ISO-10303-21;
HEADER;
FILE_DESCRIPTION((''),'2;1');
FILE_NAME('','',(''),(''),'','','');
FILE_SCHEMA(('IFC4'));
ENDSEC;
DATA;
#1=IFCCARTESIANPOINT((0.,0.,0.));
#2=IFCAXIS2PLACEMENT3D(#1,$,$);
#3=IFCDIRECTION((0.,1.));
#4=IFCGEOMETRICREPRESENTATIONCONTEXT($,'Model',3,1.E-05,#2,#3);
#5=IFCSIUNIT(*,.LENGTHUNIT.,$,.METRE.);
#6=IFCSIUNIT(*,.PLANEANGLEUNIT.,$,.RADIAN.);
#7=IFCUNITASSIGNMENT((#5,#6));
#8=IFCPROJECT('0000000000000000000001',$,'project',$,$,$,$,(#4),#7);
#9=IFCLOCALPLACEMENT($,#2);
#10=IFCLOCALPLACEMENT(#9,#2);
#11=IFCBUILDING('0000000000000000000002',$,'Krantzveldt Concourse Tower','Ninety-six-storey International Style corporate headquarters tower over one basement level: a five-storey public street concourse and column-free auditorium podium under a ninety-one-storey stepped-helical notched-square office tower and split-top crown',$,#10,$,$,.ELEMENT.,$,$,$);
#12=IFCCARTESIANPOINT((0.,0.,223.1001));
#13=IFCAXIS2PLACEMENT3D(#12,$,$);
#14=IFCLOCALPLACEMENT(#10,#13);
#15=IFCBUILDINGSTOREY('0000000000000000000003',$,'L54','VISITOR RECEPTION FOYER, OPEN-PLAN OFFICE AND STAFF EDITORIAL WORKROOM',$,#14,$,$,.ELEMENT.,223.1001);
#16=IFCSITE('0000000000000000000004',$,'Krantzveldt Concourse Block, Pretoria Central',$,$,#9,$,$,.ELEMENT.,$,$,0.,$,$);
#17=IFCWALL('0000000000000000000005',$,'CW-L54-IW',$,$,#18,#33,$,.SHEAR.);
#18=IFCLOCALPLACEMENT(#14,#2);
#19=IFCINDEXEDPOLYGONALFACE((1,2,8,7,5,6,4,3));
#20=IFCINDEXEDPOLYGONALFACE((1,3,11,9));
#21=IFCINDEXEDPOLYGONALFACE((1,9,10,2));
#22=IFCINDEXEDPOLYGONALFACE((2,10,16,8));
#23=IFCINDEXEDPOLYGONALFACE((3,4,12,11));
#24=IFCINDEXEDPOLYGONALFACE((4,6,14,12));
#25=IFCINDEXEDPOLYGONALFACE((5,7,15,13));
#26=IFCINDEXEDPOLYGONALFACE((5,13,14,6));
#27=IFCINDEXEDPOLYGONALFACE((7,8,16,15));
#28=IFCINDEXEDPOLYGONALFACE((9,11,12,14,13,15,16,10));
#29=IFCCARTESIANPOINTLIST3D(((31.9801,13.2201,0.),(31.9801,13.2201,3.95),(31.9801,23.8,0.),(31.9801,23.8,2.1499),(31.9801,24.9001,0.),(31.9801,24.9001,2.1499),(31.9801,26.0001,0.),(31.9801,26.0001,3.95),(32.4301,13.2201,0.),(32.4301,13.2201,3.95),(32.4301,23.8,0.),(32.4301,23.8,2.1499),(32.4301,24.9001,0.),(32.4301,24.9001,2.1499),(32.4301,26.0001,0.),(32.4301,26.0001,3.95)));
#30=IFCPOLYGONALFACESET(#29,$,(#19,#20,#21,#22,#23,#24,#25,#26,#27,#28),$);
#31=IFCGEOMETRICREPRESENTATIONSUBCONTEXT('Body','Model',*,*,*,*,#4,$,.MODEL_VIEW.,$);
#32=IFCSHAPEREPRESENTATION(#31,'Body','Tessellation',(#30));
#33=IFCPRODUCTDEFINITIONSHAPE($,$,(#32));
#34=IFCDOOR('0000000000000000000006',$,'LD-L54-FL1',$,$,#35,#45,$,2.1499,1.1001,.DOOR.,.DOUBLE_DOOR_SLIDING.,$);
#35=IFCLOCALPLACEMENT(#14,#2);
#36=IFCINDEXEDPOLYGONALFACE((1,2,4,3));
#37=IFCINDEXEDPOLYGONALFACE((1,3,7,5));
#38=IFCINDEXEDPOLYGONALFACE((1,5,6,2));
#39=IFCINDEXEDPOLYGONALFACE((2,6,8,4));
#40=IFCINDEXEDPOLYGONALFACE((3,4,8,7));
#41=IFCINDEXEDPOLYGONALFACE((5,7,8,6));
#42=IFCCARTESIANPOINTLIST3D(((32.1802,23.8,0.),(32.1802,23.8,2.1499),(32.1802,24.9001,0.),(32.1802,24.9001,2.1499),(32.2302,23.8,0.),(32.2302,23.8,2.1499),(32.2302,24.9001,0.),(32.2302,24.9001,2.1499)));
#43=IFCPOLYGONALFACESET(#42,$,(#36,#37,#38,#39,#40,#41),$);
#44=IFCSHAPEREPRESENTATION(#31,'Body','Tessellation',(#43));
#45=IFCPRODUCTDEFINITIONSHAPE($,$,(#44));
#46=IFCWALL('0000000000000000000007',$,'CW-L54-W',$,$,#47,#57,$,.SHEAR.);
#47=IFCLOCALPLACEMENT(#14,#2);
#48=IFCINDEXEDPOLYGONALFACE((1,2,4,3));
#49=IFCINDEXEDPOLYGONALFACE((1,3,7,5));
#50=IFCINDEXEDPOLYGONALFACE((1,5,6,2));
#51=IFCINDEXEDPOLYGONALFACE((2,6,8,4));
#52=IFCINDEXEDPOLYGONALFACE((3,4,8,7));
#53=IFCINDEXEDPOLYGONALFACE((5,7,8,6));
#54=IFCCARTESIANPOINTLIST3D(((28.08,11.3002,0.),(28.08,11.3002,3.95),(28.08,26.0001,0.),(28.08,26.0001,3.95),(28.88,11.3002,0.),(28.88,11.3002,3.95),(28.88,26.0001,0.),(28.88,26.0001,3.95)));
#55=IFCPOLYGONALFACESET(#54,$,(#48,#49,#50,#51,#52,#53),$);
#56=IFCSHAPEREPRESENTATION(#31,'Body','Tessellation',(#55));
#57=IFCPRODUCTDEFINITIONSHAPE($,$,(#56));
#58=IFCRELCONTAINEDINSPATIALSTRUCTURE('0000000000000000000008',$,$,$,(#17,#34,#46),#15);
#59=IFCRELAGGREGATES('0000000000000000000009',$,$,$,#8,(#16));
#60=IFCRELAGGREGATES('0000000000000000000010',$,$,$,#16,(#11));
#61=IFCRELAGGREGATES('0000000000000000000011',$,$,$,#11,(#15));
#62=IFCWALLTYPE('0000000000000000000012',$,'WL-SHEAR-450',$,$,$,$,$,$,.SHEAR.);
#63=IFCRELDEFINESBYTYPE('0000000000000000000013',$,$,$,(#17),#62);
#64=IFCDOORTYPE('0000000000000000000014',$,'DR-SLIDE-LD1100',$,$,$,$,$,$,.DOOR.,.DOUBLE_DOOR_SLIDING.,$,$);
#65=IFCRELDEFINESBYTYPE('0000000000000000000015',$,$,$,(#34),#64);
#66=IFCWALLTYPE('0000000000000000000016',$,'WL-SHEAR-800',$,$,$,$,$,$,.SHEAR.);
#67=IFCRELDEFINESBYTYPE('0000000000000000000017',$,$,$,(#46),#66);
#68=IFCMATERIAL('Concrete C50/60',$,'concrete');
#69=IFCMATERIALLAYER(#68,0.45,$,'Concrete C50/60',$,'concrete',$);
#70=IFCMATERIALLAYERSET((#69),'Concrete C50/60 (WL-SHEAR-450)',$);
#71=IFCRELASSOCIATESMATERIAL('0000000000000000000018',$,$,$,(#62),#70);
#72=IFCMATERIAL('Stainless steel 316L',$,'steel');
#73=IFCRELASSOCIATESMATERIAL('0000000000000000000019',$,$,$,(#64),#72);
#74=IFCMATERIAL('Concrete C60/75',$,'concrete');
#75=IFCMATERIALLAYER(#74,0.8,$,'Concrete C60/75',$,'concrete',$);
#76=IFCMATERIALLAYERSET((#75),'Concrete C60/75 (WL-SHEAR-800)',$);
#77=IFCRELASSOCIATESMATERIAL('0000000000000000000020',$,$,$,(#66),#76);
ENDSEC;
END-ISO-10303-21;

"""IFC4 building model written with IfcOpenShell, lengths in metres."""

from ifc_helpers import new_model, si_unit, direction, frame, frame_2d, origin, place, context, subcontext, project, spatial, rectangle, extrude, material, layer, layer_set, type_object, element, fill, save


model = new_model("IFC4")

# Units and contexts
model_context = context("Model", 3, precision=1e-05, world=origin(), true_north=direction((0.0, 1.0)))
body_context = subcontext(model_context, "Body", "Model", "MODEL_VIEW")
ifc_project = project(units=[si_unit("LENGTHUNIT", "METRE"), si_unit("PLANEANGLEUNIT", "RADIAN")], contexts=[model_context])

# Site, building, storey
site_placement = place(None, origin())
site = spatial("IfcSite", under=ifc_project, at=site_placement, Name="Krantzveldt Concourse Block, Pretoria Central", CompositionType="ELEMENT", RefElevation=0.0)
building_placement = place(site_placement, origin())
building = spatial("IfcBuilding", under=site, at=building_placement, Name="Krantzveldt Concourse Tower", Description="Ninety-six-storey International Style corporate headquarters tower over one basement level: a five-storey public street concourse and column-free auditorium podium under a ninety-one-storey stepped-helical notched-square office tower and split-top crown", CompositionType="ELEMENT")
storey_placement = place(building_placement, frame((0.0, 0.0, 223.1001)))
storey = spatial("IfcBuildingStorey", under=building, at=storey_placement, Name="L54", Description="VISITOR RECEPTION FOYER, OPEN-PLAN OFFICE AND STAFF EDITORIAL WORKROOM", CompositionType="ELEMENT", Elevation=223.1001)

# Wall, opening, door
ifc_material_1 = material(Name="Concrete C50/60", Category="concrete")
ifc_layer_1 = layer(ifc_material_1, 0.45, Name="Concrete C50/60", Category="concrete")
ifc_layer_set_1 = layer_set([ifc_layer_1], Name="Concrete C50/60 (WL-SHEAR-450)")
wall_type_1 = type_object("IfcWallType", Name="WL-SHEAR-450", PredefinedType="SHEAR", material=ifc_layer_set_1)
wall_1_placement = place(storey_placement, frame((32.2051, 13.22, 0.0), z_axis=(0.0, 0.0, 1.0), x_axis=(0.0, 1.0, 0.0)))
wall_1 = element("IfcWall", 1, at=wall_1_placement, inside=storey, type_object=wall_type_1, Name="CW-L54-IW", PredefinedType="SHEAR", context=body_context, shape_type="SweptSolid", body=[
    extrude(rectangle(XDim=12.78, YDim=0.45, at=frame_2d((6.3901, 0.0))), origin(), (0.0, 0.0, 1.0), 3.95),
])
opening_1_placement = place(wall_1_placement, frame((10.5801, 0.0, 0.0)))
opening_1 = element("IfcOpeningElement", 2, at=opening_1_placement, cuts=wall_1, PredefinedType="OPENING", context=body_context, shape_type="SweptSolid", body=[
    extrude(rectangle(XDim=1.1001, YDim=2.1499, at=frame_2d((0.55, 1.075))), frame((0.0, 0.2349, 0.0), z_axis=(0.0, -1.0, 0.0), x_axis=(1.0, 0.0, 0.0)), (0.0, 0.0, 1.0), 0.47),
])
ifc_material_2 = material(Name="Stainless steel 316L", Category="steel")
door_type_1 = type_object("IfcDoorType", Name="DR-SLIDE-LD1100", OperationType="DOUBLE_DOOR_SLIDING", PredefinedType="DOOR", material=ifc_material_2)
door_1_placement = place(opening_1_placement, origin())
door_1 = element("IfcDoor", 3, at=door_1_placement, inside=storey, type_object=door_type_1, Name="LD-L54-FL1", OperationType="DOUBLE_DOOR_SLIDING", OverallHeight=2.1499, OverallWidth=1.1001, PredefinedType="DOOR", context=body_context, shape_type="SweptSolid", body=[
    extrude(rectangle(XDim=1.1001, YDim=2.1499, at=frame_2d((0.55, 1.075))), frame((0.0, 0.0249, 0.0), z_axis=(0.0, -1.0, 0.0), x_axis=(1.0, 0.0, 0.0)), (0.0, 0.0, 1.0), 0.05),
])
fill(opening_1, door_1)

# Wall
ifc_material_3 = material(Name="Concrete C60/75", Category="concrete")
ifc_layer_2 = layer(ifc_material_3, 0.8, Name="Concrete C60/75", Category="concrete")
ifc_layer_set_2 = layer_set([ifc_layer_2], Name="Concrete C60/75 (WL-SHEAR-800)")
wall_type_2 = type_object("IfcWallType", Name="WL-SHEAR-800", PredefinedType="SHEAR", material=ifc_layer_set_2)
wall_2_placement = place(storey_placement, frame((28.48, 11.3, 0.0), z_axis=(0.0, 0.0, 1.0), x_axis=(0.0, 1.0, 0.0)))
element("IfcWall", 4, at=wall_2_placement, inside=storey, type_object=wall_type_2, Name="CW-L54-W", PredefinedType="SHEAR", context=body_context, shape_type="SweptSolid", body=[
    extrude(rectangle(XDim=14.7, YDim=0.8, at=frame_2d((7.3501, 0.0))), origin(), (0.0, 0.0, 1.0), 3.95),
])

save(model, "model.ifc")
